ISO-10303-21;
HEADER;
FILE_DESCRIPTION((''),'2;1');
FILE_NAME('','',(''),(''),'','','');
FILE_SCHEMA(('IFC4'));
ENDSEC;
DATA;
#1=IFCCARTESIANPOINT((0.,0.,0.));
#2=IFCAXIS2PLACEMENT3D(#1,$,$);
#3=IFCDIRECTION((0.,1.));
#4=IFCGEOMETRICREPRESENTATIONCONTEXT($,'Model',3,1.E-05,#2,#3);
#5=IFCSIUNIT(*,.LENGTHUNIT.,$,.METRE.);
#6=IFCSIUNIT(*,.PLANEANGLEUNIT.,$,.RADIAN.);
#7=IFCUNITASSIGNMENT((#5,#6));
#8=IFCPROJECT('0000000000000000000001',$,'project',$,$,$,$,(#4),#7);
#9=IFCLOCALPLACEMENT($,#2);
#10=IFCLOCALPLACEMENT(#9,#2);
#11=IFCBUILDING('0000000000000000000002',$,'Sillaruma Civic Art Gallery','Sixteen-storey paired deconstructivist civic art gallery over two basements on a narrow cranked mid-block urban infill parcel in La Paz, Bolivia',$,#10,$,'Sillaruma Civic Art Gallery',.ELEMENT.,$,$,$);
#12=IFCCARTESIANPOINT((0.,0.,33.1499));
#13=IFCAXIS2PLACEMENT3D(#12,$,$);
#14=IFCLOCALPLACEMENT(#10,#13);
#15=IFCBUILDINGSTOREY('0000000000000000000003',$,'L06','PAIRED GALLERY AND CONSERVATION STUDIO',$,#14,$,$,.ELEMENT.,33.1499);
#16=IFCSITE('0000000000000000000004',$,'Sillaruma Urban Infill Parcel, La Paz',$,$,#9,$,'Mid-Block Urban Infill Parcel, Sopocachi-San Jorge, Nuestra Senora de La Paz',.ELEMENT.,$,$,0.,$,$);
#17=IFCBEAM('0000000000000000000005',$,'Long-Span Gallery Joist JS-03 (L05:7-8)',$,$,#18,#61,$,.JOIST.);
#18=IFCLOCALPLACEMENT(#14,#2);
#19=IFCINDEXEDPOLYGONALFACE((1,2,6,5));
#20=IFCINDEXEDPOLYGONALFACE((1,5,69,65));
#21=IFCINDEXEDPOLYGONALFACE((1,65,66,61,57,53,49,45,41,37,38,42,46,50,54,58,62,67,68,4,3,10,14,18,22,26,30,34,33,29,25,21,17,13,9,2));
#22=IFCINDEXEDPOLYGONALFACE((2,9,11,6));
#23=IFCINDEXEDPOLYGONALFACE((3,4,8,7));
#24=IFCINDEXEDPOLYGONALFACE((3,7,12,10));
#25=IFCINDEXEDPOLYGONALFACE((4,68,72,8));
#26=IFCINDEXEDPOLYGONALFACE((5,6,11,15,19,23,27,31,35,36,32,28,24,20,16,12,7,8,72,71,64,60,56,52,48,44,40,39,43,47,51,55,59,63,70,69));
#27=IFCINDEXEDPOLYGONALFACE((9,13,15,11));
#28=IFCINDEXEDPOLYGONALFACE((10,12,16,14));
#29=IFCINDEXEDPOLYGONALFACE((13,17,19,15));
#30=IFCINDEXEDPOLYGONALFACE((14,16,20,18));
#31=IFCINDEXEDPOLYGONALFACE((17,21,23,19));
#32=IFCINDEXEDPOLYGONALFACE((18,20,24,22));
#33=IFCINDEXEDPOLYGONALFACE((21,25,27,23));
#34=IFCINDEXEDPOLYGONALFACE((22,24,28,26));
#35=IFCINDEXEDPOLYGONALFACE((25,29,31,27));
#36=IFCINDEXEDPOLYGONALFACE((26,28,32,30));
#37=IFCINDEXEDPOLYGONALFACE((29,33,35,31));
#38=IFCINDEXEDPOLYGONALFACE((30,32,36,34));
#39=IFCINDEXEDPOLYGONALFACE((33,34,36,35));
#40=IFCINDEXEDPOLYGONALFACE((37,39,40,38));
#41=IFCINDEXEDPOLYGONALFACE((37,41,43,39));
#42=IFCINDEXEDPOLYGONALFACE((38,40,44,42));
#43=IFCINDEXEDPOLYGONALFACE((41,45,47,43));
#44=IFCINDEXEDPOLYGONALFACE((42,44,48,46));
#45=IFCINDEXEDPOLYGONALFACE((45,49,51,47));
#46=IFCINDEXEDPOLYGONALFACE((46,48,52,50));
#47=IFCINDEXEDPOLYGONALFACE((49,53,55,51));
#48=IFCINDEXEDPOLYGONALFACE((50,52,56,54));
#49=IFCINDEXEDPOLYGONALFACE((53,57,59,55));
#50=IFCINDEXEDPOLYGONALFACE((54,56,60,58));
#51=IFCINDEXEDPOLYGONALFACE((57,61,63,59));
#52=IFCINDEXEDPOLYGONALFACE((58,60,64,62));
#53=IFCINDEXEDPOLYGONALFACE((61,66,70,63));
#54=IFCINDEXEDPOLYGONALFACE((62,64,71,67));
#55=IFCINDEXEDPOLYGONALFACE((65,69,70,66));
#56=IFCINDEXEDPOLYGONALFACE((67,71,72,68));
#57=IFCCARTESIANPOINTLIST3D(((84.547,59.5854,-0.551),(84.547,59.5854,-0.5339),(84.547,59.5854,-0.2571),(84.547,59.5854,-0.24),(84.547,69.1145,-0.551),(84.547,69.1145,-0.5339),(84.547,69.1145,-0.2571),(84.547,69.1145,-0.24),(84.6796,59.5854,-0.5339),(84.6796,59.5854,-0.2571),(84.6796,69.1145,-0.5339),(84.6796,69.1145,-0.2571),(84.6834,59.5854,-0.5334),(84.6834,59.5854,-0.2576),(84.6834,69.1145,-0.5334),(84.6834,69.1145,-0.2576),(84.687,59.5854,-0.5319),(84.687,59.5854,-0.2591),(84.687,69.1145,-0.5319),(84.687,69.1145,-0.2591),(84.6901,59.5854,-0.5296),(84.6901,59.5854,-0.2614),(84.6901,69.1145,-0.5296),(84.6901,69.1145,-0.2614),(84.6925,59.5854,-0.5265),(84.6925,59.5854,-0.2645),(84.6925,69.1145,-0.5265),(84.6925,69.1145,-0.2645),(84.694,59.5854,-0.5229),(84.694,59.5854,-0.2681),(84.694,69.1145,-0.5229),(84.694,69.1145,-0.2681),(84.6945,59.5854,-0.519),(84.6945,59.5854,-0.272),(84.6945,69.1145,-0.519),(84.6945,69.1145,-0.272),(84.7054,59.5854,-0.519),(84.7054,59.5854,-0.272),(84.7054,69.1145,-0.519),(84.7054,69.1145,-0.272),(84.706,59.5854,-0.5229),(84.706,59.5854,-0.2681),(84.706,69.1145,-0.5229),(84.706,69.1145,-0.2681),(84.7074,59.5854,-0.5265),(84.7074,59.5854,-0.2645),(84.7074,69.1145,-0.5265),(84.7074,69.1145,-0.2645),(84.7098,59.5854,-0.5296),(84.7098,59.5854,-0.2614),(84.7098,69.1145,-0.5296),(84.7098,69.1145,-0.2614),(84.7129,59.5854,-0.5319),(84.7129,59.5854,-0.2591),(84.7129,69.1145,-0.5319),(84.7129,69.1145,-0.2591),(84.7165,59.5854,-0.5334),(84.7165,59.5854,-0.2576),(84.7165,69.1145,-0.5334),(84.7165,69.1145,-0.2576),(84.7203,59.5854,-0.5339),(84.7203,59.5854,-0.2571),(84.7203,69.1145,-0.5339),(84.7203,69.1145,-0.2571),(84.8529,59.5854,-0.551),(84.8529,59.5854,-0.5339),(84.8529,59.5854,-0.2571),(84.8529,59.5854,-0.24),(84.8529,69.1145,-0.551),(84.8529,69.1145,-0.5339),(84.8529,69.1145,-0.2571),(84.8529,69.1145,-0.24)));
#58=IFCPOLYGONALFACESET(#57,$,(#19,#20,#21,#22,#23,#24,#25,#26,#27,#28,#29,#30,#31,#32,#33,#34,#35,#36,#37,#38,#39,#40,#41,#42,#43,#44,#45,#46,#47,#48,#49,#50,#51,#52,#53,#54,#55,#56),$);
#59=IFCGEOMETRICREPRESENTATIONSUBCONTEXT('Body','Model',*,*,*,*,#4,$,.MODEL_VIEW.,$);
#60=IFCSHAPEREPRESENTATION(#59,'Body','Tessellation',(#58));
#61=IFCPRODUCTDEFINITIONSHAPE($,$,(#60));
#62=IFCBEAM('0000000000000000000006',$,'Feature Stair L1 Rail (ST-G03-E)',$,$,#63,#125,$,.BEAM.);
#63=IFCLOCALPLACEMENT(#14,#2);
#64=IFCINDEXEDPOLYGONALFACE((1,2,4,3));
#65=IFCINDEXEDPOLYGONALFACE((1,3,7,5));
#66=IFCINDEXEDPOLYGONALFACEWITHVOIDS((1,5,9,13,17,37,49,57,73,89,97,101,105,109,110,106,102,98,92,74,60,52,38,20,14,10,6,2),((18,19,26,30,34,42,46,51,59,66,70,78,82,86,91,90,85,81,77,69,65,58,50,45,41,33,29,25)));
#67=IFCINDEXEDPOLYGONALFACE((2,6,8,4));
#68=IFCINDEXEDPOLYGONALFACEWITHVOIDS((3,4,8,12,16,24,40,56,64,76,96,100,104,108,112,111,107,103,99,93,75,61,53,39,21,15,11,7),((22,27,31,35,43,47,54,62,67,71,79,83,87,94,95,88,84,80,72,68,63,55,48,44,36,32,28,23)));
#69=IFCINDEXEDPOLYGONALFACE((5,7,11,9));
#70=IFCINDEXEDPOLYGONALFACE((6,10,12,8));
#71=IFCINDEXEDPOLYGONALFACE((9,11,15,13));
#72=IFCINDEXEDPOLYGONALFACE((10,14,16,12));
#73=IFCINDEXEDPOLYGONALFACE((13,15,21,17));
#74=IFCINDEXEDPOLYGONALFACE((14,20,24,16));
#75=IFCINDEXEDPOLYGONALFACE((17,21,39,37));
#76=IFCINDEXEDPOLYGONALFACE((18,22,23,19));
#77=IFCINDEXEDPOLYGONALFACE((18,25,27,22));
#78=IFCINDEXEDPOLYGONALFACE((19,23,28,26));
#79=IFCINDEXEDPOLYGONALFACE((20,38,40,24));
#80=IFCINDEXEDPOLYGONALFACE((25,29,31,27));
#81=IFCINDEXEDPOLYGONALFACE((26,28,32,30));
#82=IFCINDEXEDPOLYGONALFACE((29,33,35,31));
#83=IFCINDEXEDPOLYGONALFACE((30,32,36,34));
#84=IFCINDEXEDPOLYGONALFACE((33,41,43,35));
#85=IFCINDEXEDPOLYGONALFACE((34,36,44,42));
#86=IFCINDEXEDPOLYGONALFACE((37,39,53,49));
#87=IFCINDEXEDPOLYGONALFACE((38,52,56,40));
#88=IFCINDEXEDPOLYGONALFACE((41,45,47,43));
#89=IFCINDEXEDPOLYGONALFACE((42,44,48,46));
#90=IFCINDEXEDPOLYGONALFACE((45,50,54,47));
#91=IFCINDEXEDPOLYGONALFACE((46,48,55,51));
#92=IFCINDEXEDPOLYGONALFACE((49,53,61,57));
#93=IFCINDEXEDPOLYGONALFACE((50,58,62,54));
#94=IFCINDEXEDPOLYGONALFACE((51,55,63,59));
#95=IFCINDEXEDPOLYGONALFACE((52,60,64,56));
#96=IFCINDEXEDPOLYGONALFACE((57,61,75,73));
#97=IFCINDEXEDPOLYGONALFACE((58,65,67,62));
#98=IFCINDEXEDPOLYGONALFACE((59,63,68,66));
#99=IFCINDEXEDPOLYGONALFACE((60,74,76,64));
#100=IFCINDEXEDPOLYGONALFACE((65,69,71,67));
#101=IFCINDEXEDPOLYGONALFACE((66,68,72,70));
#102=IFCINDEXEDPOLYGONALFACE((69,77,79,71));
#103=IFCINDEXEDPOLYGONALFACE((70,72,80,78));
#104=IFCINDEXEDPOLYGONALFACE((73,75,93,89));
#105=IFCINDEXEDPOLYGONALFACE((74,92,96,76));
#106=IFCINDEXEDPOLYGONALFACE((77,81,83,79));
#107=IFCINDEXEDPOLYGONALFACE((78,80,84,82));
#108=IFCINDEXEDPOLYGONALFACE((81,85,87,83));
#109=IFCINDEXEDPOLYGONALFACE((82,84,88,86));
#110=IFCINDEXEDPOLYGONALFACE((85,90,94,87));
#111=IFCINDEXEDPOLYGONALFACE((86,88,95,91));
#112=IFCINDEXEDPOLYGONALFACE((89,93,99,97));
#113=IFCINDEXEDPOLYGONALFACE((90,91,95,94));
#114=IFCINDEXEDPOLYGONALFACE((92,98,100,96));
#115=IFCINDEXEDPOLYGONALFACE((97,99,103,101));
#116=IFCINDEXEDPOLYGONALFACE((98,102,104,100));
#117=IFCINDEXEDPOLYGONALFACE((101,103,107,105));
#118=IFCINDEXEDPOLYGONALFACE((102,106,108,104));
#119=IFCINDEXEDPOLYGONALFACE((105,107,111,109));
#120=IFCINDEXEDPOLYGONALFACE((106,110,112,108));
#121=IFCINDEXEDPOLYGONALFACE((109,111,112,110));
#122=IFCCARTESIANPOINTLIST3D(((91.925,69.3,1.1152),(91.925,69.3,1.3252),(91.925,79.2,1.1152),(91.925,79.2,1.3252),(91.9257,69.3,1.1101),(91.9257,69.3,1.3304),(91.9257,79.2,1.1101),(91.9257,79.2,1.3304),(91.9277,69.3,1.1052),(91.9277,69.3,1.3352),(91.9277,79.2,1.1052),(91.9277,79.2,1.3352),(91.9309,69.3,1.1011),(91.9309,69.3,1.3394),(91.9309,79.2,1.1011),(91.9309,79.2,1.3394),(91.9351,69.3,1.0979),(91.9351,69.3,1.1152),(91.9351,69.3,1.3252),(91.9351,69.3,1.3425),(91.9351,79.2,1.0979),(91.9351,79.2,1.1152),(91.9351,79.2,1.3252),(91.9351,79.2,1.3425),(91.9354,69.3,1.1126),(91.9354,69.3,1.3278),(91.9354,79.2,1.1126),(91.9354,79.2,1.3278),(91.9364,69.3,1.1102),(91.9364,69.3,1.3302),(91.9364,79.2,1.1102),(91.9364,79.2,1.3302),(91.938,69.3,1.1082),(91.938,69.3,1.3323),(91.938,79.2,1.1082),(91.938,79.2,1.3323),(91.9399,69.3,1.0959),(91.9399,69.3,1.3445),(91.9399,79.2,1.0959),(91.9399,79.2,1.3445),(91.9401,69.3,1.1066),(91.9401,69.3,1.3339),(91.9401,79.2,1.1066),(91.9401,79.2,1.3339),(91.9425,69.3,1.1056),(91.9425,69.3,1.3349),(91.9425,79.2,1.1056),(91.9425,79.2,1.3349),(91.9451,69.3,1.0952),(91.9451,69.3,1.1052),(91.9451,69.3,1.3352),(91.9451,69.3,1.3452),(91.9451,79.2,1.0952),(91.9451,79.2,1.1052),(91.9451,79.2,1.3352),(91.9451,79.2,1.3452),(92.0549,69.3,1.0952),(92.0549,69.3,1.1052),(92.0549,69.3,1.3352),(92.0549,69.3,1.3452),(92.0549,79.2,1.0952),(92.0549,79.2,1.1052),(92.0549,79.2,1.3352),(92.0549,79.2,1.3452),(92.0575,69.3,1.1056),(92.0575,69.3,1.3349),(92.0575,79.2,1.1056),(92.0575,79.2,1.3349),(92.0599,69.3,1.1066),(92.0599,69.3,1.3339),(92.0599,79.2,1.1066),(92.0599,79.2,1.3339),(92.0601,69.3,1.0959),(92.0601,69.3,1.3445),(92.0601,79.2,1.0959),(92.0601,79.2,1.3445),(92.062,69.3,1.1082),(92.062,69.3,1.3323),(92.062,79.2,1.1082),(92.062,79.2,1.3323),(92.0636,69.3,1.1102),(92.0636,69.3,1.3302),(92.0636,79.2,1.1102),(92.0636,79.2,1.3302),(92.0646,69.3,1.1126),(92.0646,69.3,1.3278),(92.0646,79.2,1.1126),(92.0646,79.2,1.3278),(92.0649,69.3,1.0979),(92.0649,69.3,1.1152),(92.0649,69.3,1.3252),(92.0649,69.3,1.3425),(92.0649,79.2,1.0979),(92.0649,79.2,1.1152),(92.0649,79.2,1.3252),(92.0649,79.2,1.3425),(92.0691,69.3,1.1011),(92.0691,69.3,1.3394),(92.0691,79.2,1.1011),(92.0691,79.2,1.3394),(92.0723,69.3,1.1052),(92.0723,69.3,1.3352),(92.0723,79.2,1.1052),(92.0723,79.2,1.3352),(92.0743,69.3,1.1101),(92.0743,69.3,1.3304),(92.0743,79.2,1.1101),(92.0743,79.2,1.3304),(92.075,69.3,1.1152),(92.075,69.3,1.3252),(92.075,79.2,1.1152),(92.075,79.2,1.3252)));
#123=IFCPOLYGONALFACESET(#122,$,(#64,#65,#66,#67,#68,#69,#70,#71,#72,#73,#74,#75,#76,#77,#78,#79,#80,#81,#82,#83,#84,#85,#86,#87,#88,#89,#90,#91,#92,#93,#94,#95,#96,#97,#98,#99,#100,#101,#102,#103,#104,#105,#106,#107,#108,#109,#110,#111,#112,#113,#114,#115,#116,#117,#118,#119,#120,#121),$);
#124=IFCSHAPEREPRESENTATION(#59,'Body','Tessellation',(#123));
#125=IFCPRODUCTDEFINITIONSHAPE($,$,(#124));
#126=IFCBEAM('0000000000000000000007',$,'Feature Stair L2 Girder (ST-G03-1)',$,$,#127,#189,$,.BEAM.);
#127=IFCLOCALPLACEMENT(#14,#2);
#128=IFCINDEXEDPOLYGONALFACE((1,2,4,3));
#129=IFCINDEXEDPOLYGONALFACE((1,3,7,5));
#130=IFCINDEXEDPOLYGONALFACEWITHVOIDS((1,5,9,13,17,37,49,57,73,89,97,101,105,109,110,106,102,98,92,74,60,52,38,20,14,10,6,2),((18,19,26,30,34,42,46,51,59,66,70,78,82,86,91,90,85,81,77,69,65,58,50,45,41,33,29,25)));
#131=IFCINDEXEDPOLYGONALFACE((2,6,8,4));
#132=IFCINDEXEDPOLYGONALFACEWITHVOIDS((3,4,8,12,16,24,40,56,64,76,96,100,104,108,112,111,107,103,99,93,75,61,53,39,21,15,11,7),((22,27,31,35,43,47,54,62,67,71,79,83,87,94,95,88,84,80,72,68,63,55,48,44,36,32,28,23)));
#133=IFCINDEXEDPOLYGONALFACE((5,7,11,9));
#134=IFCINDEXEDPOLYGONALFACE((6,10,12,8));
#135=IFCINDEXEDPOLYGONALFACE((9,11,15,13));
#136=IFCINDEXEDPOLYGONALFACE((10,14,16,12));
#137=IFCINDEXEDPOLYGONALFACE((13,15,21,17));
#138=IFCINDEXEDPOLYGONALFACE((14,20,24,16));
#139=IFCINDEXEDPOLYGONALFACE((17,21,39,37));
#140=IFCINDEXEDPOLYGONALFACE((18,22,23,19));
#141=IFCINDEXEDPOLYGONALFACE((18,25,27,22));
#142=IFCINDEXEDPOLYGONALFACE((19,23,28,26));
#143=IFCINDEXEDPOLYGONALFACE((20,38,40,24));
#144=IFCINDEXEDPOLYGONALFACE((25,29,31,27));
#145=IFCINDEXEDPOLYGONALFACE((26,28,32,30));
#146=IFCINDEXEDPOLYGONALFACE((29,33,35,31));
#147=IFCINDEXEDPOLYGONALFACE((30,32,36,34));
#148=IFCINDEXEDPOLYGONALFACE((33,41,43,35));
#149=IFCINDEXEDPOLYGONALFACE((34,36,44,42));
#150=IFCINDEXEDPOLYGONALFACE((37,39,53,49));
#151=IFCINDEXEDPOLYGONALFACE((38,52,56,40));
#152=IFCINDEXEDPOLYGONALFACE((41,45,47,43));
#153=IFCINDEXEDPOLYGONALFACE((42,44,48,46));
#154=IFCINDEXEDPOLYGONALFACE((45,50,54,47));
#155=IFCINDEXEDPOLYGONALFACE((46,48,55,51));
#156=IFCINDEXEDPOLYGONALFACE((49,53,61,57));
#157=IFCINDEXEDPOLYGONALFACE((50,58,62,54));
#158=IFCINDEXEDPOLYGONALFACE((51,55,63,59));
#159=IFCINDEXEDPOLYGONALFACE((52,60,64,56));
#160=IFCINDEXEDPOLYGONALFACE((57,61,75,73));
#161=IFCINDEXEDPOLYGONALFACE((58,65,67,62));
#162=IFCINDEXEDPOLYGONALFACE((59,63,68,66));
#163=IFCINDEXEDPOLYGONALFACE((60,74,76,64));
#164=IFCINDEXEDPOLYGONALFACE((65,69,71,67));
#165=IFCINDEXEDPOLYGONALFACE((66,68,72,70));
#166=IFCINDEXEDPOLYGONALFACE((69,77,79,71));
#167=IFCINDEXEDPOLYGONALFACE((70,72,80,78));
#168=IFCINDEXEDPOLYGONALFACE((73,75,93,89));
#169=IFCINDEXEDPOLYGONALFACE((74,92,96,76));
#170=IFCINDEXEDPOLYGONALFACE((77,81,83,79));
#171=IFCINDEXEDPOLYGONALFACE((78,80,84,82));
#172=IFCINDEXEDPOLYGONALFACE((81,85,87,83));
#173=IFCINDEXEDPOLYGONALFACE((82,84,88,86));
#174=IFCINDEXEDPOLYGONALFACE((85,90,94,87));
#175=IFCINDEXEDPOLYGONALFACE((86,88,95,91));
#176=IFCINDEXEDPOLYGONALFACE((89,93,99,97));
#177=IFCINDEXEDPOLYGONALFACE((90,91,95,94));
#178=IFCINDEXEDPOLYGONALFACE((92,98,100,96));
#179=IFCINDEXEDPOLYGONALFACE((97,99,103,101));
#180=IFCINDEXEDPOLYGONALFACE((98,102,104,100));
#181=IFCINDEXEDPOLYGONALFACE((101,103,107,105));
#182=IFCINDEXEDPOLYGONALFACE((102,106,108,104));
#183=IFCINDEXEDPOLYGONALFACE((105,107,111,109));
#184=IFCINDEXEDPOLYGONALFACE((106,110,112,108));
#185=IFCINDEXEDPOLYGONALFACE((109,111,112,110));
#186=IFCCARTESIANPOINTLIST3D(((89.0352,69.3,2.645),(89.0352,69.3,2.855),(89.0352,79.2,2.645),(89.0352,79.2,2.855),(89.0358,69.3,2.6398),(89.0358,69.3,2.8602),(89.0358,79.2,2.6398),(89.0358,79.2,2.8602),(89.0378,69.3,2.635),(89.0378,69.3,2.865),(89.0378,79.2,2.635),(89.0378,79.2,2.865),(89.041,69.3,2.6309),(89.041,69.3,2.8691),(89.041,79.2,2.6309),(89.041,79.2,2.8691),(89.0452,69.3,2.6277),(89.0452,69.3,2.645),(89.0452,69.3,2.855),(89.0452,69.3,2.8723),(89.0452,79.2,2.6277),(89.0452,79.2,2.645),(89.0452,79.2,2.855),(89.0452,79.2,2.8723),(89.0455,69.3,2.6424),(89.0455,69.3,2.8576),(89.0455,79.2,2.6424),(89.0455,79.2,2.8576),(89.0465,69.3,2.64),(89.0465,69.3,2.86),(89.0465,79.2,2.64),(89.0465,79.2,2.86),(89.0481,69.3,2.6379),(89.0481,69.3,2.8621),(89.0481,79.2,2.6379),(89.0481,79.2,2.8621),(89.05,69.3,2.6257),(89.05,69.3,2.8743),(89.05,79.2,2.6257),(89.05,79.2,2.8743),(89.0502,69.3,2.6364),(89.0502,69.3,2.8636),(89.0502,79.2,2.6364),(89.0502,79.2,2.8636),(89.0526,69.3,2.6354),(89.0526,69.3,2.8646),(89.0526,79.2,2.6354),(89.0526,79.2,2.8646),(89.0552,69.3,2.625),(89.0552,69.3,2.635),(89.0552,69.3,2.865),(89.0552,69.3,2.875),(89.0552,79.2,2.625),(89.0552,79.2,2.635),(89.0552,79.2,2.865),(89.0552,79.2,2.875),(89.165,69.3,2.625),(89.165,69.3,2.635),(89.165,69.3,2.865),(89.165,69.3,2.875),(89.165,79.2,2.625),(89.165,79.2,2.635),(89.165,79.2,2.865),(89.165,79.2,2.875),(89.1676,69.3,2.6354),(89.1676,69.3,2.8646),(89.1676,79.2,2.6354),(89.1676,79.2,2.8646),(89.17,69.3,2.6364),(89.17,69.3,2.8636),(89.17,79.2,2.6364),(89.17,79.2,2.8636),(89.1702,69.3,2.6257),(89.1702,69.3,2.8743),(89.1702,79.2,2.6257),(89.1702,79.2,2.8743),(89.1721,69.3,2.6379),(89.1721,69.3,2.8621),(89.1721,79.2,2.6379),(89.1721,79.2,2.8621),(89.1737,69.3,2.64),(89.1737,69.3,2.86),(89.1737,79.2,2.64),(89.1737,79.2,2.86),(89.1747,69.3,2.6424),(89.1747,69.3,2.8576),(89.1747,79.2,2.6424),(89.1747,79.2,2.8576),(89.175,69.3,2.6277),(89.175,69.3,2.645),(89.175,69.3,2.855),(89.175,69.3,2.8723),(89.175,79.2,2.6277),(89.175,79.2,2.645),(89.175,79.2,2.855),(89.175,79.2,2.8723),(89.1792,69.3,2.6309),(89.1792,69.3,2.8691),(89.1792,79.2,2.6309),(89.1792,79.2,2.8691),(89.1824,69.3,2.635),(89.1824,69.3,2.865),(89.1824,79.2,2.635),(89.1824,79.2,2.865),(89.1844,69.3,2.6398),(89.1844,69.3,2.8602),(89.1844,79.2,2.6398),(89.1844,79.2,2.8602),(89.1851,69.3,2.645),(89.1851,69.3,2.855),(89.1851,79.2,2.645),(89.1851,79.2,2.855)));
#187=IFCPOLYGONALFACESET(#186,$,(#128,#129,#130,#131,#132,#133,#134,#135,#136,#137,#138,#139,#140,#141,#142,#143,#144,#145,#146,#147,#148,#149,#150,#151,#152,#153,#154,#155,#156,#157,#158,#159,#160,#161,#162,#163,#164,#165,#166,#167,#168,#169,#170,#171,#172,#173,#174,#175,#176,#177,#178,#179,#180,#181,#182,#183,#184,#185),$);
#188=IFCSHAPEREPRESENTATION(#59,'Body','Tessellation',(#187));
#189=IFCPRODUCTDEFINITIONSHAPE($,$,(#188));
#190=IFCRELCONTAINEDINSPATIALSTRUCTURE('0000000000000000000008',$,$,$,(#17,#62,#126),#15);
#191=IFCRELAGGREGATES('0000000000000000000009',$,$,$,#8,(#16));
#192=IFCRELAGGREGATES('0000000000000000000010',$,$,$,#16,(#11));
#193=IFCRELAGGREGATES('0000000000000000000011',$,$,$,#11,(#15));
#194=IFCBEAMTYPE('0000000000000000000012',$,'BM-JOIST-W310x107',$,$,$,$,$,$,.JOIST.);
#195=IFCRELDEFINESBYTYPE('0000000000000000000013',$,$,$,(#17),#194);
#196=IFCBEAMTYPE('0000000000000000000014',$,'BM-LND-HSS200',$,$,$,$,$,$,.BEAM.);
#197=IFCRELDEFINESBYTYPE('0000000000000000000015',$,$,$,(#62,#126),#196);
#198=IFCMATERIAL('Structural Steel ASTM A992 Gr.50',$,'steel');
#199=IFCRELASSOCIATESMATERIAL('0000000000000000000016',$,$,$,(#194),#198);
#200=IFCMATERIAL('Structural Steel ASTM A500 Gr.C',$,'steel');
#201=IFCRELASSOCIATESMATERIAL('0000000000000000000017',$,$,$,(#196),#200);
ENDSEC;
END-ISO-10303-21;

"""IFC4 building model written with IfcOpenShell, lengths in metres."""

from ifc_helpers import new_model, si_unit, direction, frame, origin, origin_2d, place, context, subcontext, project, spatial, hollow_rectangle, i_section, extrude, material, material_profile, profile_set, type_object, element, save


model = new_model("IFC4")

# Units and contexts
model_context = context("Model", 3, precision=1e-05, world=origin(), true_north=direction((0.0, 1.0)))
body_context = subcontext(model_context, "Body", "Model", "MODEL_VIEW")
ifc_project = project(units=[si_unit("LENGTHUNIT", "METRE"), si_unit("PLANEANGLEUNIT", "RADIAN")], contexts=[model_context])

# Site, building, storey
site_placement = place(None, origin())
site = spatial("IfcSite", under=ifc_project, at=site_placement, Name="Sillaruma Urban Infill Parcel, La Paz", LongName="Mid-Block Urban Infill Parcel, Sopocachi-San Jorge, Nuestra Senora de La Paz", CompositionType="ELEMENT", RefElevation=0.0)
building_placement = place(site_placement, origin())
building = spatial("IfcBuilding", under=site, at=building_placement, Name="Sillaruma Civic Art Gallery", Description="Sixteen-storey paired deconstructivist civic art gallery over two basements on a narrow cranked mid-block urban infill parcel in La Paz, Bolivia", LongName="Sillaruma Civic Art Gallery", CompositionType="ELEMENT")
storey_placement = place(building_placement, frame((0.0, 0.0, 33.1499)))
storey = spatial("IfcBuildingStorey", under=building, at=storey_placement, Name="L06", Description="PAIRED GALLERY AND CONSERVATION STUDIO", CompositionType="ELEMENT", Elevation=33.1499)

# Beams
ifc_material_1 = material(Name="Structural Steel ASTM A500 Gr.C", Category="steel")
ifc_material_2 = material(Name="Structural Steel ASTM A992 Gr.50", Category="steel")
ifc_material_profile_1 = material_profile(ifc_material_2, i_section(OverallWidth=0.3059, OverallDepth=0.311, WebThickness=0.011, FlangeThickness=0.0171, FilletRadius=0.0149, at=origin_2d()), Name="W310x107")
ifc_profile_set_1 = profile_set([ifc_material_profile_1], Name="Structural Steel ASTM A992 Gr.50")
beam_type_1 = type_object("IfcBeamType", Name="BM-JOIST-W310x107", PredefinedType="JOIST", material=ifc_profile_set_1)
beam_1_placement = place(storey_placement, frame((84.7, 59.5854, -0.3955), z_axis=(0.0, 1.0, 0.0), x_axis=(-1.0, 0.0, 0.0)))
element("IfcBeam", 1, at=beam_1_placement, inside=storey, type_object=beam_type_1, Name="Long-Span Gallery Joist JS-03 (L05:7-8)", PredefinedType="JOIST", context=body_context, shape_type="SweptSolid", body=[
    extrude(i_section(OverallWidth=0.3059, OverallDepth=0.311, WebThickness=0.011, FlangeThickness=0.0171, FilletRadius=0.0149, at=origin_2d()), origin(), (0.0, 0.0, 1.0), 9.5291),
])
ifc_material_profile_2 = material_profile(ifc_material_1, hollow_rectangle(XDim=0.1499, YDim=0.25, WallThickness=0.01, InnerFilletRadius=0.01, OuterFilletRadius=0.02, at=origin_2d()), Name="HSS250x150x10")
ifc_profile_set_2 = profile_set([ifc_material_profile_2], Name="Structural Steel ASTM A500 Gr.C")
beam_type_2 = type_object("IfcBeamType", Name="BM-LND-HSS200", PredefinedType="BEAM", material=ifc_profile_set_2)
for number, where, z_axis, x_axis, name in (
    (2, (92.0, 69.3, 1.2202), (0.0, 1.0, 0.0), (-1.0, 0.0, 0.0), "Feature Stair L1 Rail (ST-G03-E)"),
    (3, (89.1101, 69.3, 2.75), (0.0, 1.0, 0.0), (-1.0, 0.0, 0.0), "Feature Stair L2 Girder (ST-G03-1)"),
):
    element("IfcBeam", number, at=place(storey_placement, frame(where, z_axis=z_axis, x_axis=x_axis)), inside=storey, type_object=beam_type_2, Name=name, PredefinedType="BEAM", context=body_context, shape_type="SweptSolid", body=[
        extrude(hollow_rectangle(XDim=0.1499, YDim=0.25, WallThickness=0.01, InnerFilletRadius=0.01, OuterFilletRadius=0.02, at=origin_2d()), origin(), (0.0, 0.0, 1.0), 9.8999),
    ])

save(model, "model.ifc")
